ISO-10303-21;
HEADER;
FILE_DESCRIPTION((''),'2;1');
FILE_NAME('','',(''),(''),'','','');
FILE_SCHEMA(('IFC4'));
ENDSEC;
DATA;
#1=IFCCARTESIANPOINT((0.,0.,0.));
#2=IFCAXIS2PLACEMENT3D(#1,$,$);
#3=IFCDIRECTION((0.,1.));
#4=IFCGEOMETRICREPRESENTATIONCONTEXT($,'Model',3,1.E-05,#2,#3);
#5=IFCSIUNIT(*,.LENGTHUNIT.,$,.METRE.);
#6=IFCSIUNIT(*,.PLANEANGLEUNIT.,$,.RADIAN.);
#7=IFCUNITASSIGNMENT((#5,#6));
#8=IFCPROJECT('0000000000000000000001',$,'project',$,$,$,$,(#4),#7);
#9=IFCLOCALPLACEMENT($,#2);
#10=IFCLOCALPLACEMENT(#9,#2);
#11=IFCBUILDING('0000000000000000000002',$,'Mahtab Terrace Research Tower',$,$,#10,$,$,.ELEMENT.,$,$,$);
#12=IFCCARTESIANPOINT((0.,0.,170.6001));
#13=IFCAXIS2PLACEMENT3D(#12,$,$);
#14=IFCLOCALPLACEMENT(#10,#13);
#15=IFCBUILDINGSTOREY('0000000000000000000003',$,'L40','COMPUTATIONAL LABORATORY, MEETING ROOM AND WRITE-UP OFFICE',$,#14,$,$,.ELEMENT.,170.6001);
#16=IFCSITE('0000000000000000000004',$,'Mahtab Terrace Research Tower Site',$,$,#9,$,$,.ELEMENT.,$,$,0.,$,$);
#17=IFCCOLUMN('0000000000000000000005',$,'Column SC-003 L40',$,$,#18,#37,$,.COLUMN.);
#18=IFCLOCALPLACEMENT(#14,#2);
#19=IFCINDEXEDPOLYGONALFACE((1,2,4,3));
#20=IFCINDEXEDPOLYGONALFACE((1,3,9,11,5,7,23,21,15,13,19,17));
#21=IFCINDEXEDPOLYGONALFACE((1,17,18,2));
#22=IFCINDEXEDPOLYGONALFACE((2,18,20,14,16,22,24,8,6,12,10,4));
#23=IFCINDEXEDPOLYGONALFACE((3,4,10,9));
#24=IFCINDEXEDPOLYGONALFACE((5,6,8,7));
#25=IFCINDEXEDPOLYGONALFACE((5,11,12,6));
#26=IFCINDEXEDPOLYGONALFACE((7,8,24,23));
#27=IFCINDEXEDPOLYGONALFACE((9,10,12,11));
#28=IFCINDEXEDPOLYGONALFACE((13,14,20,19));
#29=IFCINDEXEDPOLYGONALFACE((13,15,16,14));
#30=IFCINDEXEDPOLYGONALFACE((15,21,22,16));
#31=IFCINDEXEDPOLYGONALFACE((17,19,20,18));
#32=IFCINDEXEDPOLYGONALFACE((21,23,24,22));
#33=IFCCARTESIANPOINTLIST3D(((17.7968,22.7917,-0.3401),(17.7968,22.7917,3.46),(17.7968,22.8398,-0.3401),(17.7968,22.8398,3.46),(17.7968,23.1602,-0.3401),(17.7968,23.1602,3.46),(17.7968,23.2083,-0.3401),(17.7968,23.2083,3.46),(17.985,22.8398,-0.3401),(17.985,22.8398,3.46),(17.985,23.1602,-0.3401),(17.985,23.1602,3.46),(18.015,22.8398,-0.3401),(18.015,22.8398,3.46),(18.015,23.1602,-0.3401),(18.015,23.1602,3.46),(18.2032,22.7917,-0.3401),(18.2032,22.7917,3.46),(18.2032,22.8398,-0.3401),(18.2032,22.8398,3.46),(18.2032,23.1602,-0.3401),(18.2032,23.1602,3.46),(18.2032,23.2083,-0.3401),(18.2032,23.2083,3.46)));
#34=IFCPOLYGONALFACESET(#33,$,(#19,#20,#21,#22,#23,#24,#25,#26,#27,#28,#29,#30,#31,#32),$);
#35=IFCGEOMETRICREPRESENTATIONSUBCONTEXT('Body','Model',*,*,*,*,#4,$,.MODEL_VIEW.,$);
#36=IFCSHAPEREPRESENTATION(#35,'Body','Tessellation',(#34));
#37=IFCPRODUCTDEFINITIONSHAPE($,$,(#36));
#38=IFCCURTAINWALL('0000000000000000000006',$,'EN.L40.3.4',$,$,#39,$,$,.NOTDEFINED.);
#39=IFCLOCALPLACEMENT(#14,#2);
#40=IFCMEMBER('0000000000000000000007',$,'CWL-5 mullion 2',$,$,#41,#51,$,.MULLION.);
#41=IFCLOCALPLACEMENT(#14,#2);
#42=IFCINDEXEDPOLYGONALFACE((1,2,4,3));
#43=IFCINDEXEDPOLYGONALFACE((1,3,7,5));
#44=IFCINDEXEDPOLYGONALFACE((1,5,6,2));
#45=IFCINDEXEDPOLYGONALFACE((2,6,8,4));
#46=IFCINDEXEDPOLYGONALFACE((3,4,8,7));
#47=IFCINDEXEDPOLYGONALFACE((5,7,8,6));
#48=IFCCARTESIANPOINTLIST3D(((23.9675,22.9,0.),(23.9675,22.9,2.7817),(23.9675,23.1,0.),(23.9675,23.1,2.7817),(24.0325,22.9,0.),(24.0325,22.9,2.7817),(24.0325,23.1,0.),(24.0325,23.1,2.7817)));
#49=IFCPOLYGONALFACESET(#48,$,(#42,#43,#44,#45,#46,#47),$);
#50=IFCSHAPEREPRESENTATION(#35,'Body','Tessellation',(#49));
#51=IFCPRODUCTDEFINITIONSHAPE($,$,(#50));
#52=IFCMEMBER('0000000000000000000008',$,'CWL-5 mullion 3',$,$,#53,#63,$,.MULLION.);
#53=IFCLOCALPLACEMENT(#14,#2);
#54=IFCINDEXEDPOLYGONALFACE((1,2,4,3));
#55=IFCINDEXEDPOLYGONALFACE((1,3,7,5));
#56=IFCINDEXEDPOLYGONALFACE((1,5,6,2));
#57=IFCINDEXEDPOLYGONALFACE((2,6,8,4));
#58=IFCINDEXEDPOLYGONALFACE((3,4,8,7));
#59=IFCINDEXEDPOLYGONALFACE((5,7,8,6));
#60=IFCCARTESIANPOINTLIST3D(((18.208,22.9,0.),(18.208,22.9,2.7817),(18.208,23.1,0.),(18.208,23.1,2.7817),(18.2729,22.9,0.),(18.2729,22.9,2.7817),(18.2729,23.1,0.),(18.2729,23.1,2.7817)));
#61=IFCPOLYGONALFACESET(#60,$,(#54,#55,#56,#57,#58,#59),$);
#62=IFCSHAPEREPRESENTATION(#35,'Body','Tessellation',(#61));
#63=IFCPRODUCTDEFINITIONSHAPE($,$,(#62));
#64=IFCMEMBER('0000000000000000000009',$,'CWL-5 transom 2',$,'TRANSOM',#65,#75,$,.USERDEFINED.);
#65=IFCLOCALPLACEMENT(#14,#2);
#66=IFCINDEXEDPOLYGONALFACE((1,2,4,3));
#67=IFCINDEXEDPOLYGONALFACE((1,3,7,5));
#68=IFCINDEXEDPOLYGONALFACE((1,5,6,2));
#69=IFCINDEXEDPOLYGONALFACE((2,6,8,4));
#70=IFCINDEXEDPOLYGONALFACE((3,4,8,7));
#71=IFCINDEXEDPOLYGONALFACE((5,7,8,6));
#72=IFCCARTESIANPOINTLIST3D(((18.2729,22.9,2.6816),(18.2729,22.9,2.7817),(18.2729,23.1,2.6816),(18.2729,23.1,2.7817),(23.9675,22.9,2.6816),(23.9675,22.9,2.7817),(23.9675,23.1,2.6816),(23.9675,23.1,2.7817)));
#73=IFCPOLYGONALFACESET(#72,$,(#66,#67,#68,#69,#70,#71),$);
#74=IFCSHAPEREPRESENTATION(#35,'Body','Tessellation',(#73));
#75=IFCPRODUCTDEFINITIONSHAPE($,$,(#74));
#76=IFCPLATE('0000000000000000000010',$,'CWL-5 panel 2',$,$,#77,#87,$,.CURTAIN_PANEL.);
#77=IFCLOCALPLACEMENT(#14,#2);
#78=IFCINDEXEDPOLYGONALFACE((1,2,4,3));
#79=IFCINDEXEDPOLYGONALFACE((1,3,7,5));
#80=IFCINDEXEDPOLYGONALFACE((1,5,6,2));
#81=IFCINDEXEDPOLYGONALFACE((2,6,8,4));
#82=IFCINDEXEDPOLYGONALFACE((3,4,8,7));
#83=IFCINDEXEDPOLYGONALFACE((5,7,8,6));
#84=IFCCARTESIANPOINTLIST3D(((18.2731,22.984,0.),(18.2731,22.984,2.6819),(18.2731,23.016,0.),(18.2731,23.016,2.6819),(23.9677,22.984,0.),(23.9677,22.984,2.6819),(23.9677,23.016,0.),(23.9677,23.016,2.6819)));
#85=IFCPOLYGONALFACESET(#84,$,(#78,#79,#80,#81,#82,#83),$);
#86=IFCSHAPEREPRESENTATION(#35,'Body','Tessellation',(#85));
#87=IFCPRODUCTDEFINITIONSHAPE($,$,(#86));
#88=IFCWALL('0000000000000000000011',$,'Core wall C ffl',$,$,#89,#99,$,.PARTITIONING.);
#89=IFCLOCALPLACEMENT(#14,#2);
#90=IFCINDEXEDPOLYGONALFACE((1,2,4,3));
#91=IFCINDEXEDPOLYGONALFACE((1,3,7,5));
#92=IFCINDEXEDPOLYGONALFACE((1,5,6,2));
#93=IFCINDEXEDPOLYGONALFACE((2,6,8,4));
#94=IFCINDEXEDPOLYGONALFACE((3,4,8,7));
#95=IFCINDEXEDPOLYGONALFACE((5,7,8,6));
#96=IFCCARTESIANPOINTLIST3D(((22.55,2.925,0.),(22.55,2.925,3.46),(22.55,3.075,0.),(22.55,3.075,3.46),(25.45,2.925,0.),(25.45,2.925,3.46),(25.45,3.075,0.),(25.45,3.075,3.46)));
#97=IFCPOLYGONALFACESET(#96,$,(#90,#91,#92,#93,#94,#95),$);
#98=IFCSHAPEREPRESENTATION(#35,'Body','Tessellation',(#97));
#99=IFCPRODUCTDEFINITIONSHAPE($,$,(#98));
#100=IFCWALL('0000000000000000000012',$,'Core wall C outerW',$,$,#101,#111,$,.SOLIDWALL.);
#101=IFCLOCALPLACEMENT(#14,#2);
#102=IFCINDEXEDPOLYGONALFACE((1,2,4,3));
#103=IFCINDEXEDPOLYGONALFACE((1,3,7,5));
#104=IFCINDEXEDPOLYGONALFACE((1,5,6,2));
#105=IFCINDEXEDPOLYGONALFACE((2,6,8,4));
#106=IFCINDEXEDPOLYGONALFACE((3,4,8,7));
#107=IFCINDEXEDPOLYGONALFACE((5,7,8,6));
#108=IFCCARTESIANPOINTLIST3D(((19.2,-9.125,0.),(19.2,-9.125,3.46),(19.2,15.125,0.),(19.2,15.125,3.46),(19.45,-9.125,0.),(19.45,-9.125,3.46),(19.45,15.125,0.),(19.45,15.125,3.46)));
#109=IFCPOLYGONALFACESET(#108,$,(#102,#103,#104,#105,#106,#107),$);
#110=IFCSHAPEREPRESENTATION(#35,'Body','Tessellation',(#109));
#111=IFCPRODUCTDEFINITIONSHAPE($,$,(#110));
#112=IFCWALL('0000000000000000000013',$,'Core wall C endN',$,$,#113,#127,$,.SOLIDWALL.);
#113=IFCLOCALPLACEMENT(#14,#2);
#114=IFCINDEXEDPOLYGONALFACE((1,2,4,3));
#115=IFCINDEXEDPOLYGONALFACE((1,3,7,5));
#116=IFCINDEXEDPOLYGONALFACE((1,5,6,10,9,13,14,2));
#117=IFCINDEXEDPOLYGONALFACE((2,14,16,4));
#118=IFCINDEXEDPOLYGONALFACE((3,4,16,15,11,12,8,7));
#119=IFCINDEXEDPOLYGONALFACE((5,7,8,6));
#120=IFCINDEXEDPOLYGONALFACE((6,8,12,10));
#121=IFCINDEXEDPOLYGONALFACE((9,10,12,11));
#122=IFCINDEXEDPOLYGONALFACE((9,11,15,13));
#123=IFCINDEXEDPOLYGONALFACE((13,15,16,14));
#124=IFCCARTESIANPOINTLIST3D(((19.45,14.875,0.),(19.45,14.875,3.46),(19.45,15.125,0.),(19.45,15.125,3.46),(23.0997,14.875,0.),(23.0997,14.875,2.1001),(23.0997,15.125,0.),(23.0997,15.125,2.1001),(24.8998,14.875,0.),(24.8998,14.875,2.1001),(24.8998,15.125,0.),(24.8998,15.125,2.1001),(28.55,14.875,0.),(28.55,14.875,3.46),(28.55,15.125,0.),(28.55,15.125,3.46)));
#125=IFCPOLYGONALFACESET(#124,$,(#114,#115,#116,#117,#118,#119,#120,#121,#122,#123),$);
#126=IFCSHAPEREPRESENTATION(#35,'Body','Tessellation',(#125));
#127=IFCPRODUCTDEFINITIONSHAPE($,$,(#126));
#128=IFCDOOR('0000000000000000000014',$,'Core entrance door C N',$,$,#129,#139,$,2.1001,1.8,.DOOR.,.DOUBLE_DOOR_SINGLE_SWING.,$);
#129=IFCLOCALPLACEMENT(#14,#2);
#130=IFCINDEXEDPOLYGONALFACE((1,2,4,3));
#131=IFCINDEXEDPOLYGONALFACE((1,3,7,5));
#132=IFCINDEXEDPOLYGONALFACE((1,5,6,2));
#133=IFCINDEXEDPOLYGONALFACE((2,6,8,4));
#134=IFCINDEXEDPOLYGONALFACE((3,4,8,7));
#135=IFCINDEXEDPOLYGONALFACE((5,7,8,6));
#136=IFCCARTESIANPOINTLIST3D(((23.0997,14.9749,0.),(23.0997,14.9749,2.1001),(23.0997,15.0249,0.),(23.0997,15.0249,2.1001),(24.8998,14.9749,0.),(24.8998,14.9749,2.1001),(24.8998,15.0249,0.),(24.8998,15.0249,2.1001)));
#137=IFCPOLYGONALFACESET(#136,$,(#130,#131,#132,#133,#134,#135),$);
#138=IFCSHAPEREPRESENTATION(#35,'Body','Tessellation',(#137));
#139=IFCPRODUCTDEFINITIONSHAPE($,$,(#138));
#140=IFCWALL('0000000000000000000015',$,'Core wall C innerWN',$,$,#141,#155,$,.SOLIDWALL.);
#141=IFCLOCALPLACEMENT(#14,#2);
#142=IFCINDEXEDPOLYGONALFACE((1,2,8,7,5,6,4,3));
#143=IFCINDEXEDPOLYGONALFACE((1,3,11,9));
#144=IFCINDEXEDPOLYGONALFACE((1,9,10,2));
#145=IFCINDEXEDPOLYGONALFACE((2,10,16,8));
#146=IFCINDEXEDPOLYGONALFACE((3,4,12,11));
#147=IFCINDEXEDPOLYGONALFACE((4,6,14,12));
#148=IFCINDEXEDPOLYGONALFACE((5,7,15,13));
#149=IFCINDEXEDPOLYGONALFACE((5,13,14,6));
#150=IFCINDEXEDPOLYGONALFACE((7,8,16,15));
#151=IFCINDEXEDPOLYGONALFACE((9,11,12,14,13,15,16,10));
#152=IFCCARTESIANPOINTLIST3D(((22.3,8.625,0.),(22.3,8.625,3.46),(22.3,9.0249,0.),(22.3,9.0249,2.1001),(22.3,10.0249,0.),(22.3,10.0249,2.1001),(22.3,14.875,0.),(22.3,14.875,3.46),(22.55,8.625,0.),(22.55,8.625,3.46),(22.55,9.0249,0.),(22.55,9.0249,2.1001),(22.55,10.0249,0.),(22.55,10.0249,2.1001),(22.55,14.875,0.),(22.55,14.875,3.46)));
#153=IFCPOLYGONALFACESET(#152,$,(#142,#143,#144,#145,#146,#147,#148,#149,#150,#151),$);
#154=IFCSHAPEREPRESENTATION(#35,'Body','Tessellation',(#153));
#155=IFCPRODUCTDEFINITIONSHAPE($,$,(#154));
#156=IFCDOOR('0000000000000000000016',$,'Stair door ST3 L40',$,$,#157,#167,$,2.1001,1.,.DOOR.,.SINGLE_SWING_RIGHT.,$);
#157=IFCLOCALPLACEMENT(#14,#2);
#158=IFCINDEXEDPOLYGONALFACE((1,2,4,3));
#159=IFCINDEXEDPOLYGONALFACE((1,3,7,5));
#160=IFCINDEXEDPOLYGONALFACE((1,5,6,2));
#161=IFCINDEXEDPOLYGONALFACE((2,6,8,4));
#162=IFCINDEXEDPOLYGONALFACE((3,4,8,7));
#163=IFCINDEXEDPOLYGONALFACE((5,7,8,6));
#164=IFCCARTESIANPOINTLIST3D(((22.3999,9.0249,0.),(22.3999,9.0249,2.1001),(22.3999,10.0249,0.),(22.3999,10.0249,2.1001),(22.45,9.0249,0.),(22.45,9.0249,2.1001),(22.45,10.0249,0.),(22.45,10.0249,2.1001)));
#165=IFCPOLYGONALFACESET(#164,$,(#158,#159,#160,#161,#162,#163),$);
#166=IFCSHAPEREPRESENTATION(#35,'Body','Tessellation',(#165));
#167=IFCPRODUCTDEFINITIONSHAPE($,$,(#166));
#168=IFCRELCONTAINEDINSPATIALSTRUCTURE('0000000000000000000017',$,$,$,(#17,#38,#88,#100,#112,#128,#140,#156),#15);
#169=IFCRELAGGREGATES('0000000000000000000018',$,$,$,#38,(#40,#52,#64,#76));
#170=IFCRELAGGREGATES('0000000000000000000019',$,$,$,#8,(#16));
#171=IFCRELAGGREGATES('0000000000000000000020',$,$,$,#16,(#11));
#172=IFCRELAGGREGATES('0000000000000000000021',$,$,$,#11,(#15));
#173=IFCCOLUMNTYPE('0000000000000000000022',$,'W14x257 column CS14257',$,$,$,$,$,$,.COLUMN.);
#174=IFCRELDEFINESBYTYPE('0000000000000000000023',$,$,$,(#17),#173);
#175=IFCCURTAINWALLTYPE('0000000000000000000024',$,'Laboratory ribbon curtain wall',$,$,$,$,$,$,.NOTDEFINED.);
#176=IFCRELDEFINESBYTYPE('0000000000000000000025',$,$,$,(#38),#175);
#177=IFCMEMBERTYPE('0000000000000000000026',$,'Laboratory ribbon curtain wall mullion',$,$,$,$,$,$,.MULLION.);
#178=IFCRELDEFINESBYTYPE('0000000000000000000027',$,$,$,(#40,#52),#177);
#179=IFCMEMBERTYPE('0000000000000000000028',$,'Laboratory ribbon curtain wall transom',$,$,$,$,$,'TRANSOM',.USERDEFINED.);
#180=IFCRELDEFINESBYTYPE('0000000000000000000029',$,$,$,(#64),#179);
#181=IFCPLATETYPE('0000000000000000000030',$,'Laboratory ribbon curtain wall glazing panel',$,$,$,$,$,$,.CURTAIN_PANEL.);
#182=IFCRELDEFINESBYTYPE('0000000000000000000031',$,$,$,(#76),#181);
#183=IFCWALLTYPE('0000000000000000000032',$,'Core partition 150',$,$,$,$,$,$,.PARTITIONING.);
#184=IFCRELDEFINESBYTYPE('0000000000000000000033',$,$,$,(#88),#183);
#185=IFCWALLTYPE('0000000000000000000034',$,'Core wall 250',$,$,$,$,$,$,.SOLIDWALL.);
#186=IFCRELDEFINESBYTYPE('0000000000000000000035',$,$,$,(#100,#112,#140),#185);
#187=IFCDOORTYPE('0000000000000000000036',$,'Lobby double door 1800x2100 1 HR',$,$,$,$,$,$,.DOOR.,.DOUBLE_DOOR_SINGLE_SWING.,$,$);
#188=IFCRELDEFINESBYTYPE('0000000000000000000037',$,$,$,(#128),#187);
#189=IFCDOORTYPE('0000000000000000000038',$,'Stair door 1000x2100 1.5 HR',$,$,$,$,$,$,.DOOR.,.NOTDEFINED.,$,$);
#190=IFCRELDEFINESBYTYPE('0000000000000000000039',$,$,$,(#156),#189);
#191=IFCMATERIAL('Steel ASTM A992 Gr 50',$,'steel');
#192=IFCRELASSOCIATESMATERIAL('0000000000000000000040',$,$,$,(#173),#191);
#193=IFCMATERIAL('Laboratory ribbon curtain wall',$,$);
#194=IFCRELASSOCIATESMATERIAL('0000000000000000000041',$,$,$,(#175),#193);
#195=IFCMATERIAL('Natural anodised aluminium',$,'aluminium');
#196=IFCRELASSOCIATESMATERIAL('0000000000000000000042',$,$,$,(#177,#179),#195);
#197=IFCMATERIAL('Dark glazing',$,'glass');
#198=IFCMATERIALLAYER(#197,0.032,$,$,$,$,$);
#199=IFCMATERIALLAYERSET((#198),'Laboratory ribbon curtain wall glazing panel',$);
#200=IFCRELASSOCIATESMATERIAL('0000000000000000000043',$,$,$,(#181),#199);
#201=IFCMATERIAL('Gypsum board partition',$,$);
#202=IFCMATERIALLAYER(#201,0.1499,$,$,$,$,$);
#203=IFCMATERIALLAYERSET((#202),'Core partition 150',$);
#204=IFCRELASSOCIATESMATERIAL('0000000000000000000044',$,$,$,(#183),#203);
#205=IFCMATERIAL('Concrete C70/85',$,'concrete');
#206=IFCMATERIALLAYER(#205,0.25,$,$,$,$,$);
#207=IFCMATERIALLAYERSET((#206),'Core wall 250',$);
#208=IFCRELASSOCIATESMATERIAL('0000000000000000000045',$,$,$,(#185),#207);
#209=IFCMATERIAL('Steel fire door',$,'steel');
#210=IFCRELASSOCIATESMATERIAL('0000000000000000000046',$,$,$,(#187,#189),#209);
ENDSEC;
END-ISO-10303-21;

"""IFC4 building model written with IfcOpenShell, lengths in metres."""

from ifc_helpers import new_model, si_unit, direction, frame, frame_2d, origin, origin_2d, place, context, subcontext, project, spatial, rectangle, i_section, extrude, material, layer, layer_set, material_profile, profile_set, type_object, element, fill, aggregate, save


model = new_model("IFC4")

# Units and contexts
model_context = context("Model", 3, precision=1e-05, world=origin(), true_north=direction((0.0, 1.0)))
body_context = subcontext(model_context, "Body", "Model", "MODEL_VIEW")
ifc_project = project(units=[si_unit("LENGTHUNIT", "METRE"), si_unit("PLANEANGLEUNIT", "RADIAN")], contexts=[model_context])

# Site, building, storey
site_placement = place(None, origin())
site = spatial("IfcSite", under=ifc_project, at=site_placement, Name="Mahtab Terrace Research Tower Site", CompositionType="ELEMENT", RefElevation=0.0)
building_placement = place(site_placement, origin())
building = spatial("IfcBuilding", under=site, at=building_placement, Name="Mahtab Terrace Research Tower", CompositionType="ELEMENT")
storey_placement = place(building_placement, frame((0.0, 0.0, 170.6001)))
storey = spatial("IfcBuildingStorey", under=building, at=storey_placement, Name="L40", Description="COMPUTATIONAL LABORATORY, MEETING ROOM AND WRITE-UP OFFICE", CompositionType="ELEMENT", Elevation=170.6001)

# Column
ifc_material_1 = material(Name="Steel ASTM A992 Gr 50", Category="steel")
ifc_material_profile_1 = material_profile(ifc_material_1, i_section(OverallWidth=0.4065, OverallDepth=0.4165, WebThickness=0.03, FlangeThickness=0.0481, at=origin_2d()), Name="W14X257")
ifc_profile_set_1 = profile_set([ifc_material_profile_1], Name="Steel ASTM A992 Gr 50")
column_type = type_object("IfcColumnType", Name="W14x257 column CS14257", PredefinedType="COLUMN", material=ifc_profile_set_1)
column_placement = place(storey_placement, frame((18.0, 23.0, -0.3401), z_axis=(0.0, 0.0, 1.0), x_axis=(1.0, 0.0, 0.0)))
element("IfcColumn", 1, at=column_placement, inside=storey, type_object=column_type, Name="Column SC-003 L40", PredefinedType="COLUMN", context=body_context, shape_type="SweptSolid", body=[
    extrude(i_section(OverallWidth=0.4065, OverallDepth=0.4165, WebThickness=0.03, FlangeThickness=0.0481, at=origin_2d()), origin(), (0.0, 0.0, 1.0), 3.8),
])

# Curtain wall, members, plate
ifc_material_2 = material(Name="Laboratory ribbon curtain wall")
curtain_wall_type = type_object("IfcCurtainWallType", Name="Laboratory ribbon curtain wall", PredefinedType="NOTDEFINED", material=ifc_material_2)
curtain_wall_placement = place(storey_placement, origin())
curtain_wall = element("IfcCurtainWall", 2, at=curtain_wall_placement, inside=storey, type_object=curtain_wall_type, Name="EN.L40.3.4", PredefinedType="NOTDEFINED")
ifc_material_3 = material(Name="Natural anodised aluminium", Category="aluminium")
ifc_material_profile_2 = material_profile(ifc_material_3, rectangle(XDim=0.2, YDim=0.0649, at=origin_2d()), Name="MULLION 65x200")
ifc_profile_set_2 = profile_set([ifc_material_profile_2], Name="Natural anodised aluminium")
member_type_1 = type_object("IfcMemberType", Name="Laboratory ribbon curtain wall mullion", PredefinedType="MULLION", material=ifc_profile_set_2)
member_1_placement = place(storey_placement, frame((24.0, 23.0, 0.0), z_axis=(0.0, 0.0, 1.0), x_axis=(0.0, -1.0, 0.0)))
member_1 = element("IfcMember", 3, at=member_1_placement, type_object=member_type_1, Name="CWL-5 mullion 2", PredefinedType="MULLION", context=body_context, shape_type="SweptSolid", body=[
    extrude(rectangle(XDim=0.2, YDim=0.0649, at=origin_2d()), origin(), (0.0, 0.0, 1.0), 2.7817),
])
member_2_placement = place(storey_placement, frame((18.2405, 23.0, 0.0), z_axis=(0.0, 0.0, 1.0), x_axis=(0.0, -1.0, 0.0)))
member_2 = element("IfcMember", 4, at=member_2_placement, type_object=member_type_1, Name="CWL-5 mullion 3", PredefinedType="MULLION", context=body_context, shape_type="SweptSolid", body=[
    extrude(rectangle(XDim=0.2, YDim=0.0649, at=origin_2d()), origin(), (0.0, 0.0, 1.0), 2.7817),
])
ifc_material_profile_3 = material_profile(ifc_material_3, rectangle(XDim=0.2, YDim=0.1001, at=origin_2d()), Name="TRANSOM 100x200")
ifc_profile_set_3 = profile_set([ifc_material_profile_3], Name="Natural anodised aluminium")
member_type_2 = type_object("IfcMemberType", Name="Laboratory ribbon curtain wall transom", ElementType="TRANSOM", PredefinedType="USERDEFINED", material=ifc_profile_set_3)
member_3_placement = place(storey_placement, frame((23.9675, 23.0, 2.7317), z_axis=(-1.0, 0.0, 0.0), x_axis=(0.0, -1.0, 0.0)))
member_3 = element("IfcMember", 5, at=member_3_placement, type_object=member_type_2, Name="CWL-5 transom 2", ObjectType="TRANSOM", PredefinedType="USERDEFINED", context=body_context, shape_type="SweptSolid", body=[
    extrude(rectangle(XDim=0.2, YDim=0.1001, at=origin_2d()), origin(), (0.0, 0.0, 1.0), 5.6946),
])
ifc_material_4 = material(Name="Dark glazing", Category="glass")
ifc_layer_1 = layer(ifc_material_4, 0.032)
ifc_layer_set_1 = layer_set([ifc_layer_1], Name="Laboratory ribbon curtain wall glazing panel")
plate_type = type_object("IfcPlateType", Name="Laboratory ribbon curtain wall glazing panel", PredefinedType="CURTAIN_PANEL", material=ifc_layer_set_1)
plate_placement = place(storey_placement, frame((21.1204, 23.0, 0.0), z_axis=(0.0, 0.0, 1.0), x_axis=(-1.0, 0.0, 0.0)))
plate = element("IfcPlate", 6, at=plate_placement, type_object=plate_type, Name="CWL-5 panel 2", PredefinedType="CURTAIN_PANEL", context=body_context, shape_type="SweptSolid", body=[
    extrude(rectangle(XDim=5.6946, YDim=0.032, at=origin_2d()), origin(), (0.0, 0.0, 1.0), 2.6819),
])
aggregate(curtain_wall, [member_1, member_2, member_3, plate])

# Walls
ifc_material_5 = material(Name="Gypsum board partition")
ifc_layer_2 = layer(ifc_material_5, 0.1499)
ifc_layer_set_2 = layer_set([ifc_layer_2], Name="Core partition 150")
wall_type_1 = type_object("IfcWallType", Name="Core partition 150", PredefinedType="PARTITIONING", material=ifc_layer_set_2)
wall_1_placement = place(storey_placement, frame((22.55, 3.0, 0.0), z_axis=(0.0, 0.0, 1.0), x_axis=(1.0, 0.0, 0.0)))
element("IfcWall", 7, at=wall_1_placement, inside=storey, type_object=wall_type_1, Name="Core wall C ffl", PredefinedType="PARTITIONING", context=body_context, shape_type="SweptSolid", body=[
    extrude(rectangle(XDim=2.8999, YDim=0.1499, at=frame_2d((1.45, 0.0))), origin(), (0.0, 0.0, 1.0), 3.46),
])
ifc_material_6 = material(Name="Concrete C70/85", Category="concrete")
ifc_layer_3 = layer(ifc_material_6, 0.25)
ifc_layer_set_3 = layer_set([ifc_layer_3], Name="Core wall 250")
wall_type_2 = type_object("IfcWallType", Name="Core wall 250", PredefinedType="SOLIDWALL", material=ifc_layer_set_3)
wall_2_placement = place(storey_placement, frame((19.325, 15.125, 0.0), z_axis=(0.0, 0.0, 1.0), x_axis=(0.0, -1.0, 0.0)))
element("IfcWall", 8, at=wall_2_placement, inside=storey, type_object=wall_type_2, Name="Core wall C outerW", PredefinedType="SOLIDWALL", context=body_context, shape_type="SweptSolid", body=[
    extrude(rectangle(XDim=24.25, YDim=0.25, at=frame_2d((12.125, 0.0))), origin(), (0.0, 0.0, 1.0), 3.46),
])

# Walls, openings, doors
wall_3_placement = place(storey_placement, frame((19.45, 15.0, 0.0), z_axis=(0.0, 0.0, 1.0), x_axis=(1.0, 0.0, 0.0)))
wall_3 = element("IfcWall", 9, at=wall_3_placement, inside=storey, type_object=wall_type_2, Name="Core wall C endN", PredefinedType="SOLIDWALL", context=body_context, shape_type="SweptSolid", body=[
    extrude(rectangle(XDim=9.1001, YDim=0.25, at=frame_2d((4.55, 0.0))), origin(), (0.0, 0.0, 1.0), 3.46),
])
opening_1_placement = place(wall_3_placement, frame((3.6499, 0.0, 0.0)))
opening_1 = element("IfcOpeningElement", 10, at=opening_1_placement, cuts=wall_3, PredefinedType="OPENING", context=body_context, shape_type="SweptSolid", body=[
    extrude(rectangle(XDim=1.8, YDim=2.1001, at=frame_2d((0.8999, 1.05))), frame((0.0, 0.135, 0.0), z_axis=(0.0, -1.0, 0.0), x_axis=(1.0, 0.0, 0.0)), (0.0, 0.0, 1.0), 0.27),
])
ifc_material_7 = material(Name="Steel fire door", Category="steel")
door_type_1 = type_object("IfcDoorType", Name="Lobby double door 1800x2100 1 HR", OperationType="DOUBLE_DOOR_SINGLE_SWING", PredefinedType="DOOR", material=ifc_material_7)
door_1_placement = place(opening_1_placement, origin())
door_1 = element("IfcDoor", 11, at=door_1_placement, inside=storey, type_object=door_type_1, Name="Core entrance door C N", OperationType="DOUBLE_DOOR_SINGLE_SWING", OverallHeight=2.1001, OverallWidth=1.8, PredefinedType="DOOR", context=body_context, shape_type="SweptSolid", body=[
    extrude(rectangle(XDim=1.8, YDim=2.1001, at=frame_2d((0.8999, 1.05))), frame((0.0, 0.0249, 0.0), z_axis=(0.0, -1.0, 0.0), x_axis=(1.0, 0.0, 0.0)), (0.0, 0.0, 1.0), 0.05),
])
fill(opening_1, door_1)
wall_4_placement = place(storey_placement, frame((22.425, 14.875, 0.0), z_axis=(0.0, 0.0, 1.0), x_axis=(0.0, -1.0, 0.0)))
wall_4 = element("IfcWall", 12, at=wall_4_placement, inside=storey, type_object=wall_type_2, Name="Core wall C innerWN", PredefinedType="SOLIDWALL", context=body_context, shape_type="SweptSolid", body=[
    extrude(rectangle(XDim=6.25, YDim=0.25, at=frame_2d((3.125, 0.0))), origin(), (0.0, 0.0, 1.0), 3.46),
])
opening_2_placement = place(wall_4_placement, frame((4.8501, 0.0, 0.0)))
opening_2 = element("IfcOpeningElement", 13, at=opening_2_placement, cuts=wall_4, PredefinedType="OPENING", context=body_context, shape_type="SweptSolid", body=[
    extrude(rectangle(XDim=1.0, YDim=2.1001, at=frame_2d((0.5, 1.05))), frame((0.0, 0.135, 0.0), z_axis=(0.0, -1.0, 0.0), x_axis=(1.0, 0.0, 0.0)), (0.0, 0.0, 1.0), 0.27),
])
door_type_2 = type_object("IfcDoorType", Name="Stair door 1000x2100 1.5 HR", OperationType="NOTDEFINED", PredefinedType="DOOR", material=ifc_material_7)
door_2_placement = place(opening_2_placement, origin())
door_2 = element("IfcDoor", 14, at=door_2_placement, inside=storey, type_object=door_type_2, Name="Stair door ST3 L40", OperationType="SINGLE_SWING_RIGHT", OverallHeight=2.1001, OverallWidth=1.0, PredefinedType="DOOR", context=body_context, shape_type="SweptSolid", body=[
    extrude(rectangle(XDim=1.0, YDim=2.1001, at=frame_2d((0.5, 1.05))), frame((0.0, 0.0249, 0.0), z_axis=(0.0, -1.0, 0.0), x_axis=(1.0, 0.0, 0.0)), (0.0, 0.0, 1.0), 0.05),
])
fill(opening_2, door_2)

save(model, "model.ifc")
